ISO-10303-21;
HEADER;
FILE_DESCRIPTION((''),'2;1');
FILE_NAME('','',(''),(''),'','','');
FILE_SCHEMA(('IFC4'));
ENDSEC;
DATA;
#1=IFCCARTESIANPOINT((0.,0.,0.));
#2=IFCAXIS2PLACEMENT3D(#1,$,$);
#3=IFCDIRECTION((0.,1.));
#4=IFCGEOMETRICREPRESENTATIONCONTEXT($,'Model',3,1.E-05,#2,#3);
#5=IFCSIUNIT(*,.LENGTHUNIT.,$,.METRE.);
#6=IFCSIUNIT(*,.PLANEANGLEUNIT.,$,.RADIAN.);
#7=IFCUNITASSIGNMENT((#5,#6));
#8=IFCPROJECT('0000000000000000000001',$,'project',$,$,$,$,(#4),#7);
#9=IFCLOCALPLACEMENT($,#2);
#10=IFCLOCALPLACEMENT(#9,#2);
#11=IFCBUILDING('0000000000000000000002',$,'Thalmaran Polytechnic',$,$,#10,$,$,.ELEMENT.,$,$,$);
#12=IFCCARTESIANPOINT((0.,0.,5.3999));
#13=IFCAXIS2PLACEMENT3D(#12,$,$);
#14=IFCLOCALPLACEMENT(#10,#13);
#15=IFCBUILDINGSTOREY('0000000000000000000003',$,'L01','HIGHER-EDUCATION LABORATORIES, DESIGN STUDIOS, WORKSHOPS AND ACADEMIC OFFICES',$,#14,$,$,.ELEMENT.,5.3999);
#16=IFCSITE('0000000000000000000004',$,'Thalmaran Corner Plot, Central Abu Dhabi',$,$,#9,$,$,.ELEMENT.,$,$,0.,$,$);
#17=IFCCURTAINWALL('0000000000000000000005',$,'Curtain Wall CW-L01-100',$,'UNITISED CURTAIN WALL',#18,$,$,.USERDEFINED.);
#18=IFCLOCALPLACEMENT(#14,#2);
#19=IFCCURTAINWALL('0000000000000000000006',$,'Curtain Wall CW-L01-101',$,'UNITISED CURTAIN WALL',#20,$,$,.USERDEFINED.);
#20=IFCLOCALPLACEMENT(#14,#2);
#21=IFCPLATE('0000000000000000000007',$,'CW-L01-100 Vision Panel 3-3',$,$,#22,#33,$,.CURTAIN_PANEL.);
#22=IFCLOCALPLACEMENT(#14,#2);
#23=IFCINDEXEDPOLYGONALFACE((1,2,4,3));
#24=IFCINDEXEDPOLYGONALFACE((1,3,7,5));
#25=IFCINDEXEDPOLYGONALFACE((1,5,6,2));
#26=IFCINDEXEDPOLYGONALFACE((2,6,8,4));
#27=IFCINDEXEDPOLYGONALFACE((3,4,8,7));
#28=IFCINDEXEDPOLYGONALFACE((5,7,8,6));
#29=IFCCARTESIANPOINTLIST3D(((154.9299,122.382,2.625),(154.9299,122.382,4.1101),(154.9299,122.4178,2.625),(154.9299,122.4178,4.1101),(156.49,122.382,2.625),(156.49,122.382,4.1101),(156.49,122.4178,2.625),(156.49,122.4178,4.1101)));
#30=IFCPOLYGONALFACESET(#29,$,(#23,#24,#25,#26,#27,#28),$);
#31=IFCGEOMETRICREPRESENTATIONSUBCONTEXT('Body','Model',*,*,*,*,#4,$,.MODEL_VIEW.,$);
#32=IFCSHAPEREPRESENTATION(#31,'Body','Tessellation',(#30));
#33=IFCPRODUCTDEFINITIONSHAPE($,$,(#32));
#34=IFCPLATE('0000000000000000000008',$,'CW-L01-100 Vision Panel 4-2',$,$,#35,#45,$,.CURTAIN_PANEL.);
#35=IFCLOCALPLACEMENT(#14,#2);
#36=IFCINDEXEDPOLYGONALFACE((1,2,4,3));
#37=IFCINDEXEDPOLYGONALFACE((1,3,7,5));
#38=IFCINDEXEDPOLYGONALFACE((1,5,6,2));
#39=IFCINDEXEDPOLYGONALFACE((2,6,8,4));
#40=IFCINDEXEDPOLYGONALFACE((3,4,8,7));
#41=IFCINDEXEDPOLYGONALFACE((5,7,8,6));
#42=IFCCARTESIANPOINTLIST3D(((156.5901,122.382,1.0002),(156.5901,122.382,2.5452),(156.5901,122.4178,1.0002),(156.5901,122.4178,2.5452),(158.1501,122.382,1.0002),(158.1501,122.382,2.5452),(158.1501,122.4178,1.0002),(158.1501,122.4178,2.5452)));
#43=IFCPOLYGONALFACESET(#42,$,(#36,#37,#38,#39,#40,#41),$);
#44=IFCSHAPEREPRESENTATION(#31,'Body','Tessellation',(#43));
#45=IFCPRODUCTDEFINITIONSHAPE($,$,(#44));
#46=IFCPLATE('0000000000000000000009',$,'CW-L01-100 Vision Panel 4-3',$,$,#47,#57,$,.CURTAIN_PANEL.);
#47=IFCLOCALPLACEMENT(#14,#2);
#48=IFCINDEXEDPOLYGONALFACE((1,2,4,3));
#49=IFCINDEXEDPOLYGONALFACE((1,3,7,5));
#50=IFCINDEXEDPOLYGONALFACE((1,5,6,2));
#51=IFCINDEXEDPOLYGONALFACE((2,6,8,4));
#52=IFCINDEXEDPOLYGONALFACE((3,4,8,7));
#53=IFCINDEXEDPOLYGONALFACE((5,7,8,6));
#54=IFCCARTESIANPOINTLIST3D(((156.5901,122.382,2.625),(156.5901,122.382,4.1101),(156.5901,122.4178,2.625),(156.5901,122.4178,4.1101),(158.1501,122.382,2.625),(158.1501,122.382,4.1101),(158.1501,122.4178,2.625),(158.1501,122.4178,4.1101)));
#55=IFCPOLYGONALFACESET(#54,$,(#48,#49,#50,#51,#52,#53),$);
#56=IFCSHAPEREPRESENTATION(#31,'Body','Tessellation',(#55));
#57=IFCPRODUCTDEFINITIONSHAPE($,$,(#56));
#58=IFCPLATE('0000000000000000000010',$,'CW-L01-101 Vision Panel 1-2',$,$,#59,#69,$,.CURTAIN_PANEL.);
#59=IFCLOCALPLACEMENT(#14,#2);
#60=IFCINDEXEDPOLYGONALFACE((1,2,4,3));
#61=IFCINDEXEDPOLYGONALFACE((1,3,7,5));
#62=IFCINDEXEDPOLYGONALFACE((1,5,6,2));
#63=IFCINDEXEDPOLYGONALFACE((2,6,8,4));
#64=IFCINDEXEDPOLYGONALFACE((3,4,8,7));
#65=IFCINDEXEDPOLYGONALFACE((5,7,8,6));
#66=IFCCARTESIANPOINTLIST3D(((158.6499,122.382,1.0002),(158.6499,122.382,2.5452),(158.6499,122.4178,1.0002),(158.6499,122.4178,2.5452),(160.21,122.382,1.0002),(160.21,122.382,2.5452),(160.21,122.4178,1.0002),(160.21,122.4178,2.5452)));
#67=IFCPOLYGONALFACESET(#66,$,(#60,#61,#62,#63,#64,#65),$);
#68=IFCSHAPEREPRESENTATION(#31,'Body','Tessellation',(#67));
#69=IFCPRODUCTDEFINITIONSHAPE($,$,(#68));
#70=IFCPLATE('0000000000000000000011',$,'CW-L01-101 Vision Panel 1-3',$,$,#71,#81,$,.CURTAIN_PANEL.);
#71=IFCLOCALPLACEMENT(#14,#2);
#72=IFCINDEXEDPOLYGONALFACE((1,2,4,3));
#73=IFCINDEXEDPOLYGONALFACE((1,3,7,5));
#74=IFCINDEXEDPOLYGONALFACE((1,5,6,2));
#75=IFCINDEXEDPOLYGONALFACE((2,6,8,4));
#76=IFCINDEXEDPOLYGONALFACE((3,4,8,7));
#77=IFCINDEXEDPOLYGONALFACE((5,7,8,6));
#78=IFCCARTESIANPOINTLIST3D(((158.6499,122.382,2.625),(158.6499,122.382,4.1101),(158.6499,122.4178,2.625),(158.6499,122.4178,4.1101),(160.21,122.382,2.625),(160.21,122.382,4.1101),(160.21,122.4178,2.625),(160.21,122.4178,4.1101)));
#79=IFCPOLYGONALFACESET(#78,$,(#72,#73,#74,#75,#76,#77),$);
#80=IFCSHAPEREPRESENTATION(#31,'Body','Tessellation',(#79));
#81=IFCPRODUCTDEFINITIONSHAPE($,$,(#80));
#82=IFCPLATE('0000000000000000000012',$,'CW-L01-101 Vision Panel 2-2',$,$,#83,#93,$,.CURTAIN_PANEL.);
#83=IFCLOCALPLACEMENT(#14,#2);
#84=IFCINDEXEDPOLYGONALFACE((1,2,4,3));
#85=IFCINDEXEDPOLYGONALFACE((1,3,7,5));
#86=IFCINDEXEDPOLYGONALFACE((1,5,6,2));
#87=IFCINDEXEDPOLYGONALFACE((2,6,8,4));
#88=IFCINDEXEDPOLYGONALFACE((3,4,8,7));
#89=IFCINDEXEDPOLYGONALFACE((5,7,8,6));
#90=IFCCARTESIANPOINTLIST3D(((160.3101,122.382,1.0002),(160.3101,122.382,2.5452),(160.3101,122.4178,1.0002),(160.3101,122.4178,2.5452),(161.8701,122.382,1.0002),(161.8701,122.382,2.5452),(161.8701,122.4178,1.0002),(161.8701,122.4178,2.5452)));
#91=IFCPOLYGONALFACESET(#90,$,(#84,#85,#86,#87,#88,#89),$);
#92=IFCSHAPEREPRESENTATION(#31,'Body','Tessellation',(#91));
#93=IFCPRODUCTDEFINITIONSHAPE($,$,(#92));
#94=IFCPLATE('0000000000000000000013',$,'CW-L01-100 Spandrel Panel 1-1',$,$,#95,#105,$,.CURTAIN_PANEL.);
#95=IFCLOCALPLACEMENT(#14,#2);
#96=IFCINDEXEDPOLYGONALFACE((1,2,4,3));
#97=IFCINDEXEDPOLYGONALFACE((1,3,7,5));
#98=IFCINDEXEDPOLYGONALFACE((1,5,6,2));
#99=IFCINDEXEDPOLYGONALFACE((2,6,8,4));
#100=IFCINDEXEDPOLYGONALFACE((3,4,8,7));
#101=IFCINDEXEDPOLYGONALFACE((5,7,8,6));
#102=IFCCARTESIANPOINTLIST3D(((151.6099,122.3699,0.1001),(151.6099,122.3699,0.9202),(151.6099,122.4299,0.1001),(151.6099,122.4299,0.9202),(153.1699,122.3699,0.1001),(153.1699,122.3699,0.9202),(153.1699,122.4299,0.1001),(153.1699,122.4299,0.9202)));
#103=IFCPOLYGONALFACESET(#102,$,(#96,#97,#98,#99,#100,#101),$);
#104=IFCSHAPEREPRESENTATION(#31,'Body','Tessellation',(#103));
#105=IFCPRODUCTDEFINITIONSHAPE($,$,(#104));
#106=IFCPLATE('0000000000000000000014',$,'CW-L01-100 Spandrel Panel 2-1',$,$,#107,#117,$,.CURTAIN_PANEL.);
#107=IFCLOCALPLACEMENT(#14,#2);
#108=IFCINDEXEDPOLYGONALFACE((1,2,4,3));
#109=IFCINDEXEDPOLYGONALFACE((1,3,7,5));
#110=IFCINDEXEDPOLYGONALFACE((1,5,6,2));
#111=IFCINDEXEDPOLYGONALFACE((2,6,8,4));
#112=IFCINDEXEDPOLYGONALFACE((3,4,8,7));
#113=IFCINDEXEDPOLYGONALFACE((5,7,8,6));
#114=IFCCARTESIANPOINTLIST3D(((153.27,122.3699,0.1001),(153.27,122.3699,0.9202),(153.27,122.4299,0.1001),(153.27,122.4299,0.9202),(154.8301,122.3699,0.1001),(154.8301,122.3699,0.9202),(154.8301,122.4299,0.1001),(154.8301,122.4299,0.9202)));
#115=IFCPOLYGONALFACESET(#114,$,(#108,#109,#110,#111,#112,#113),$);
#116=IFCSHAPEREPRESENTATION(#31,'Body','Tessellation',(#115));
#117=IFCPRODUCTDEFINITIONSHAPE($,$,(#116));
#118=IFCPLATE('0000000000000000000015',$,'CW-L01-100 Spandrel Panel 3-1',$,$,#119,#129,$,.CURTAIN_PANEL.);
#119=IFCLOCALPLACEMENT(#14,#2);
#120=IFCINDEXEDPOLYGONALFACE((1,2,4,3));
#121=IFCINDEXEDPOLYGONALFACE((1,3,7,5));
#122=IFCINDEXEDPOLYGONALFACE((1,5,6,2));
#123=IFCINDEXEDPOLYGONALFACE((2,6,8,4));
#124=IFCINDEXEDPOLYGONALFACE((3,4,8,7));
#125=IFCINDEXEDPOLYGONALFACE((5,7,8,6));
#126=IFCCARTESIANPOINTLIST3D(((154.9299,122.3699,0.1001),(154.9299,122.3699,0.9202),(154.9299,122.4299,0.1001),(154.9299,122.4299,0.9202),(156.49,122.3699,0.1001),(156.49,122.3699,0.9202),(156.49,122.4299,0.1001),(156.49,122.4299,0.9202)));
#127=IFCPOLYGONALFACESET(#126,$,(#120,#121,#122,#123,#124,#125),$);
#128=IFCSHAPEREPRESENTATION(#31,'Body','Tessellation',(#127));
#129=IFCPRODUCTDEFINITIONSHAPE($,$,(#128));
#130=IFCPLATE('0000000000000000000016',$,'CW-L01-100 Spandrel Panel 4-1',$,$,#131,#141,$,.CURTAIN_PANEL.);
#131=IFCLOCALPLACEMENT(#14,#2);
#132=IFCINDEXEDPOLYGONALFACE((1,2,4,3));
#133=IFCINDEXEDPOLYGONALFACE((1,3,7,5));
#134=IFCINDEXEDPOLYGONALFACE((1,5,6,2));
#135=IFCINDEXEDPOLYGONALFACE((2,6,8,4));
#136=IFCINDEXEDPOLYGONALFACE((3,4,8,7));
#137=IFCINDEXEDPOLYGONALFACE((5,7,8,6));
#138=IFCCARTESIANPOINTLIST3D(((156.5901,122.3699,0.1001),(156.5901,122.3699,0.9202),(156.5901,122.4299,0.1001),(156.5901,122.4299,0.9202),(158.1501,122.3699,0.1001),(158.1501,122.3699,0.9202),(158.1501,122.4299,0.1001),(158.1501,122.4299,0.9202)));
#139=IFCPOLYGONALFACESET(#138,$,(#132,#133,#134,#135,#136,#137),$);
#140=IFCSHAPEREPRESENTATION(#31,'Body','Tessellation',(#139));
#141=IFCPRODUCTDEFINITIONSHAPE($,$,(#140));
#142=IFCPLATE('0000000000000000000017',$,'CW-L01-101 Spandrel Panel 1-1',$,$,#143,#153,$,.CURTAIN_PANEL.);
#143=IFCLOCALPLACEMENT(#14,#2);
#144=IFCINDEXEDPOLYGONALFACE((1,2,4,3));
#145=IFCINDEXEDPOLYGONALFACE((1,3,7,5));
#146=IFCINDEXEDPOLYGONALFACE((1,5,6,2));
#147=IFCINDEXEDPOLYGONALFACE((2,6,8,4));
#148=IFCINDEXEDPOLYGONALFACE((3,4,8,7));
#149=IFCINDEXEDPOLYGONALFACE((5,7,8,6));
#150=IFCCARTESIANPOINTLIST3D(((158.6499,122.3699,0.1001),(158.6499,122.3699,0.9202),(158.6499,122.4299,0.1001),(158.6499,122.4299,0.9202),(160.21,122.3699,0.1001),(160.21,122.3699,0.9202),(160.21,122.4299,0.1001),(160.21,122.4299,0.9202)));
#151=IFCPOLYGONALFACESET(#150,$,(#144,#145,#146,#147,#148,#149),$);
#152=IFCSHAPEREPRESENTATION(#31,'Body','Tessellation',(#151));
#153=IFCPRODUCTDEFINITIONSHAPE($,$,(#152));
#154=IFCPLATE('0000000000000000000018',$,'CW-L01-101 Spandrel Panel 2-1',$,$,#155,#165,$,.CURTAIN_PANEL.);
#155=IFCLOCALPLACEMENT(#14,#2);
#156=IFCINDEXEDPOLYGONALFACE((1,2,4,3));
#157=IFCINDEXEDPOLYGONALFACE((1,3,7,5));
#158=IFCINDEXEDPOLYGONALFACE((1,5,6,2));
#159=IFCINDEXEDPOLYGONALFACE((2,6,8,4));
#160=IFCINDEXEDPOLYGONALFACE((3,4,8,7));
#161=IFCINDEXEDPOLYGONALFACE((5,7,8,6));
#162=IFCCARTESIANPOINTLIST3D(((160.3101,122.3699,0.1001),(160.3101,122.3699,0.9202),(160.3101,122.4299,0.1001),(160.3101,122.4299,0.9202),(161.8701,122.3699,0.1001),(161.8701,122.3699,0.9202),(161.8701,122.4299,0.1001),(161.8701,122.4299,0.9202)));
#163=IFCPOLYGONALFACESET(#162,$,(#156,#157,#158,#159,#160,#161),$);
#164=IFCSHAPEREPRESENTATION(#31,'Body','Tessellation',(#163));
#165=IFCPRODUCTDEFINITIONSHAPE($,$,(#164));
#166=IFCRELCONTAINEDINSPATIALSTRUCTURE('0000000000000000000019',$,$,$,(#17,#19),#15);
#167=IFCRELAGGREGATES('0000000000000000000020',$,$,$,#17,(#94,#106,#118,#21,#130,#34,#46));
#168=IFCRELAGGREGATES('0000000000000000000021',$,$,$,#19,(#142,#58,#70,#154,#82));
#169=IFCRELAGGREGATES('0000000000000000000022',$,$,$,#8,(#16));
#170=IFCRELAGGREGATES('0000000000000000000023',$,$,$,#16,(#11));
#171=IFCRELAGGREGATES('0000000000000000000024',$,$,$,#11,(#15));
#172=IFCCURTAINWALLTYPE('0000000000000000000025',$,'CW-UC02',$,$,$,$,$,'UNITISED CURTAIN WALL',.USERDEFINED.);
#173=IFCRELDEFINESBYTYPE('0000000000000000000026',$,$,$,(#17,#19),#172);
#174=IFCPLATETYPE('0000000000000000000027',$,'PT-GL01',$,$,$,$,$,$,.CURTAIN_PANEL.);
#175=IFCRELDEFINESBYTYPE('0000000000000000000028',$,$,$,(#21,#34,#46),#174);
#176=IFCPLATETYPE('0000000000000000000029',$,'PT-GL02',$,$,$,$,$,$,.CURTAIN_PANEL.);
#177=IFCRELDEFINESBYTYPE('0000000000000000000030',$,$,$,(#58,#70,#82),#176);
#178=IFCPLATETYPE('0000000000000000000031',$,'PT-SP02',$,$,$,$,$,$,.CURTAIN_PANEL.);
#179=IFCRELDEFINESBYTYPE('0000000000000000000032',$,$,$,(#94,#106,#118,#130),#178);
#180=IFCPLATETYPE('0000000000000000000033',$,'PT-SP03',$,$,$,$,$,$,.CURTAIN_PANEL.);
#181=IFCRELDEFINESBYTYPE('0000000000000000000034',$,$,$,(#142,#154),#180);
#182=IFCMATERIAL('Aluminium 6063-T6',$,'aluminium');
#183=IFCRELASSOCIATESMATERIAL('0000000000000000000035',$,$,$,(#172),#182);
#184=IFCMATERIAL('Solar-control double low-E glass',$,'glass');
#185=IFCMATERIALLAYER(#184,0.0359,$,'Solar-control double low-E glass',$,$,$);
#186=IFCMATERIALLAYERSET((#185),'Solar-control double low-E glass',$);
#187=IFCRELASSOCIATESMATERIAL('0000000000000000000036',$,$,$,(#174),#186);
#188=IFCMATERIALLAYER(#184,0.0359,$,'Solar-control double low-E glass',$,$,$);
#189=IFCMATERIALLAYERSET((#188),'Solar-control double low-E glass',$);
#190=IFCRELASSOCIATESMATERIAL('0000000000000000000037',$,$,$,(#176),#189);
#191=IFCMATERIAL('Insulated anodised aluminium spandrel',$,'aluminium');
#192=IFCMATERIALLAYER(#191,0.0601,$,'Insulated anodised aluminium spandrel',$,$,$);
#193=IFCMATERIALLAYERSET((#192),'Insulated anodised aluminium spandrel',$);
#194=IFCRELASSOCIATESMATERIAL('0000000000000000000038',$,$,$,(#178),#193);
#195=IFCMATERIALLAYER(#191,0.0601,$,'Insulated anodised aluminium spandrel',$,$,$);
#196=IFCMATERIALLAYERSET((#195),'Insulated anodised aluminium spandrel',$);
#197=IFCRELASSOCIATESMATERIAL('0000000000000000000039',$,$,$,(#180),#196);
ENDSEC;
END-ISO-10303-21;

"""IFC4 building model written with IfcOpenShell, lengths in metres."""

from ifc_helpers import new_model, si_unit, direction, frame, origin, origin_2d, place, context, subcontext, project, spatial, rectangle, extrude, material, layer, layer_set, type_object, element, aggregate, save


model = new_model("IFC4")

# Units and contexts
model_context = context("Model", 3, precision=1e-05, world=origin(), true_north=direction((0.0, 1.0)))
body_context = subcontext(model_context, "Body", "Model", "MODEL_VIEW")
ifc_project = project(units=[si_unit("LENGTHUNIT", "METRE"), si_unit("PLANEANGLEUNIT", "RADIAN")], contexts=[model_context])

# Site, building, storey
site_placement = place(None, origin())
site = spatial("IfcSite", under=ifc_project, at=site_placement, Name="Thalmaran Corner Plot, Central Abu Dhabi", CompositionType="ELEMENT", RefElevation=0.0)
building_placement = place(site_placement, origin())
building = spatial("IfcBuilding", under=site, at=building_placement, Name="Thalmaran Polytechnic", CompositionType="ELEMENT")
storey_placement = place(building_placement, frame((0.0, 0.0, 5.3999)))
storey = spatial("IfcBuildingStorey", under=building, at=storey_placement, Name="L01", Description="HIGHER-EDUCATION LABORATORIES, DESIGN STUDIOS, WORKSHOPS AND ACADEMIC OFFICES", CompositionType="ELEMENT", Elevation=5.3999)

# Curtain walls
ifc_material_1 = material(Name="Aluminium 6063-T6", Category="aluminium")
curtain_wall_type = type_object("IfcCurtainWallType", Name="CW-UC02", ElementType="UNITISED CURTAIN WALL", PredefinedType="USERDEFINED", material=ifc_material_1)
curtain_wall_1_placement = place(storey_placement, origin())
curtain_wall_1 = element("IfcCurtainWall", 1, at=curtain_wall_1_placement, inside=storey, type_object=curtain_wall_type, Name="Curtain Wall CW-L01-100", ObjectType="UNITISED CURTAIN WALL", PredefinedType="USERDEFINED")
curtain_wall_2_placement = place(storey_placement, origin())
curtain_wall_2 = element("IfcCurtainWall", 2, at=curtain_wall_2_placement, inside=storey, type_object=curtain_wall_type, Name="Curtain Wall CW-L01-101", ObjectType="UNITISED CURTAIN WALL", PredefinedType="USERDEFINED")

# Plates
ifc_material_2 = material(Name="Solar-control double low-E glass", Category="glass")
ifc_layer_1 = layer(ifc_material_2, 0.0359, Name="Solar-control double low-E glass")
ifc_layer_set_1 = layer_set([ifc_layer_1], Name="Solar-control double low-E glass")
plate_type_1 = type_object("IfcPlateType", Name="PT-GL01", PredefinedType="CURTAIN_PANEL", material=ifc_layer_set_1)
plate_1_placement = place(storey_placement, frame((155.71, 122.3999, 2.625), z_axis=(0.0, 0.0, 1.0), x_axis=(1.0, 0.0, 0.0)))
plate_1 = element("IfcPlate", 3, at=plate_1_placement, type_object=plate_type_1, Name="CW-L01-100 Vision Panel 3-3", PredefinedType="CURTAIN_PANEL", context=body_context, shape_type="SweptSolid", body=[
    extrude(rectangle(XDim=1.5601, YDim=0.0359, at=origin_2d()), origin(), (0.0, 0.0, 1.0), 1.4851),
])
plate_2_placement = place(storey_placement, frame((157.3701, 122.3999, 1.0002), z_axis=(0.0, 0.0, 1.0), x_axis=(1.0, 0.0, 0.0)))
plate_2 = element("IfcPlate", 4, at=plate_2_placement, type_object=plate_type_1, Name="CW-L01-100 Vision Panel 4-2", PredefinedType="CURTAIN_PANEL", context=body_context, shape_type="SweptSolid", body=[
    extrude(rectangle(XDim=1.5601, YDim=0.0359, at=origin_2d()), origin(), (0.0, 0.0, 1.0), 1.5449),
])
plate_3_placement = place(storey_placement, frame((157.3701, 122.3999, 2.625), z_axis=(0.0, 0.0, 1.0), x_axis=(1.0, 0.0, 0.0)))
plate_3 = element("IfcPlate", 5, at=plate_3_placement, type_object=plate_type_1, Name="CW-L01-100 Vision Panel 4-3", PredefinedType="CURTAIN_PANEL", context=body_context, shape_type="SweptSolid", body=[
    extrude(rectangle(XDim=1.5601, YDim=0.0359, at=origin_2d()), origin(), (0.0, 0.0, 1.0), 1.4851),
])
ifc_layer_2 = layer(ifc_material_2, 0.0359, Name="Solar-control double low-E glass")
ifc_layer_set_2 = layer_set([ifc_layer_2], Name="Solar-control double low-E glass")
plate_type_2 = type_object("IfcPlateType", Name="PT-GL02", PredefinedType="CURTAIN_PANEL", material=ifc_layer_set_2)
plate_4_placement = place(storey_placement, frame((159.4299, 122.3999, 1.0002), z_axis=(0.0, 0.0, 1.0), x_axis=(1.0, 0.0, 0.0)))
plate_4 = element("IfcPlate", 6, at=plate_4_placement, type_object=plate_type_2, Name="CW-L01-101 Vision Panel 1-2", PredefinedType="CURTAIN_PANEL", context=body_context, shape_type="SweptSolid", body=[
    extrude(rectangle(XDim=1.5601, YDim=0.0359, at=origin_2d()), origin(), (0.0, 0.0, 1.0), 1.5449),
])
plate_5_placement = place(storey_placement, frame((159.4299, 122.3999, 2.625), z_axis=(0.0, 0.0, 1.0), x_axis=(1.0, 0.0, 0.0)))
plate_5 = element("IfcPlate", 7, at=plate_5_placement, type_object=plate_type_2, Name="CW-L01-101 Vision Panel 1-3", PredefinedType="CURTAIN_PANEL", context=body_context, shape_type="SweptSolid", body=[
    extrude(rectangle(XDim=1.5601, YDim=0.0359, at=origin_2d()), origin(), (0.0, 0.0, 1.0), 1.4851),
])
plate_6_placement = place(storey_placement, frame((161.0901, 122.3999, 1.0002), z_axis=(0.0, 0.0, 1.0), x_axis=(1.0, 0.0, 0.0)))
plate_6 = element("IfcPlate", 8, at=plate_6_placement, type_object=plate_type_2, Name="CW-L01-101 Vision Panel 2-2", PredefinedType="CURTAIN_PANEL", context=body_context, shape_type="SweptSolid", body=[
    extrude(rectangle(XDim=1.5601, YDim=0.0359, at=origin_2d()), origin(), (0.0, 0.0, 1.0), 1.5449),
])
ifc_material_3 = material(Name="Insulated anodised aluminium spandrel", Category="aluminium")
ifc_layer_3 = layer(ifc_material_3, 0.0601, Name="Insulated anodised aluminium spandrel")
ifc_layer_set_3 = layer_set([ifc_layer_3], Name="Insulated anodised aluminium spandrel")
plate_type_3 = type_object("IfcPlateType", Name="PT-SP02", PredefinedType="CURTAIN_PANEL", material=ifc_layer_set_3)
plate_7_placement = place(storey_placement, frame((152.3899, 122.3999, 0.1001), z_axis=(0.0, 0.0, 1.0), x_axis=(1.0, 0.0, 0.0)))
plate_7 = element("IfcPlate", 9, at=plate_7_placement, type_object=plate_type_3, Name="CW-L01-100 Spandrel Panel 1-1", PredefinedType="CURTAIN_PANEL", context=body_context, shape_type="SweptSolid", body=[
    extrude(rectangle(XDim=1.5601, YDim=0.0601, at=origin_2d()), origin(), (0.0, 0.0, 1.0), 0.8201),
])
plate_8_placement = place(storey_placement, frame((154.05, 122.3999, 0.1001), z_axis=(0.0, 0.0, 1.0), x_axis=(1.0, 0.0, 0.0)))
plate_8 = element("IfcPlate", 10, at=plate_8_placement, type_object=plate_type_3, Name="CW-L01-100 Spandrel Panel 2-1", PredefinedType="CURTAIN_PANEL", context=body_context, shape_type="SweptSolid", body=[
    extrude(rectangle(XDim=1.5601, YDim=0.0601, at=origin_2d()), origin(), (0.0, 0.0, 1.0), 0.8201),
])
plate_9_placement = place(storey_placement, frame((155.71, 122.3999, 0.1001), z_axis=(0.0, 0.0, 1.0), x_axis=(1.0, 0.0, 0.0)))
plate_9 = element("IfcPlate", 11, at=plate_9_placement, type_object=plate_type_3, Name="CW-L01-100 Spandrel Panel 3-1", PredefinedType="CURTAIN_PANEL", context=body_context, shape_type="SweptSolid", body=[
    extrude(rectangle(XDim=1.5601, YDim=0.0601, at=origin_2d()), origin(), (0.0, 0.0, 1.0), 0.8201),
])
plate_10_placement = place(storey_placement, frame((157.3701, 122.3999, 0.1001), z_axis=(0.0, 0.0, 1.0), x_axis=(1.0, 0.0, 0.0)))
plate_10 = element("IfcPlate", 12, at=plate_10_placement, type_object=plate_type_3, Name="CW-L01-100 Spandrel Panel 4-1", PredefinedType="CURTAIN_PANEL", context=body_context, shape_type="SweptSolid", body=[
    extrude(rectangle(XDim=1.5601, YDim=0.0601, at=origin_2d()), origin(), (0.0, 0.0, 1.0), 0.8201),
])
aggregate(curtain_wall_1, [plate_7, plate_8, plate_9, plate_1, plate_10, plate_2, plate_3])
ifc_layer_4 = layer(ifc_material_3, 0.0601, Name="Insulated anodised aluminium spandrel")
ifc_layer_set_4 = layer_set([ifc_layer_4], Name="Insulated anodised aluminium spandrel")
plate_type_4 = type_object("IfcPlateType", Name="PT-SP03", PredefinedType="CURTAIN_PANEL", material=ifc_layer_set_4)
plate_11_placement = place(storey_placement, frame((159.4299, 122.3999, 0.1001), z_axis=(0.0, 0.0, 1.0), x_axis=(1.0, 0.0, 0.0)))
plate_11 = element("IfcPlate", 13, at=plate_11_placement, type_object=plate_type_4, Name="CW-L01-101 Spandrel Panel 1-1", PredefinedType="CURTAIN_PANEL", context=body_context, shape_type="SweptSolid", body=[
    extrude(rectangle(XDim=1.5601, YDim=0.0601, at=origin_2d()), origin(), (0.0, 0.0, 1.0), 0.8201),
])
plate_12_placement = place(storey_placement, frame((161.0901, 122.3999, 0.1001), z_axis=(0.0, 0.0, 1.0), x_axis=(1.0, 0.0, 0.0)))
plate_12 = element("IfcPlate", 14, at=plate_12_placement, type_object=plate_type_4, Name="CW-L01-101 Spandrel Panel 2-1", PredefinedType="CURTAIN_PANEL", context=body_context, shape_type="SweptSolid", body=[
    extrude(rectangle(XDim=1.5601, YDim=0.0601, at=origin_2d()), origin(), (0.0, 0.0, 1.0), 0.8201),
])
aggregate(curtain_wall_2, [plate_11, plate_4, plate_5, plate_12, plate_6])

save(model, "model.ifc")
